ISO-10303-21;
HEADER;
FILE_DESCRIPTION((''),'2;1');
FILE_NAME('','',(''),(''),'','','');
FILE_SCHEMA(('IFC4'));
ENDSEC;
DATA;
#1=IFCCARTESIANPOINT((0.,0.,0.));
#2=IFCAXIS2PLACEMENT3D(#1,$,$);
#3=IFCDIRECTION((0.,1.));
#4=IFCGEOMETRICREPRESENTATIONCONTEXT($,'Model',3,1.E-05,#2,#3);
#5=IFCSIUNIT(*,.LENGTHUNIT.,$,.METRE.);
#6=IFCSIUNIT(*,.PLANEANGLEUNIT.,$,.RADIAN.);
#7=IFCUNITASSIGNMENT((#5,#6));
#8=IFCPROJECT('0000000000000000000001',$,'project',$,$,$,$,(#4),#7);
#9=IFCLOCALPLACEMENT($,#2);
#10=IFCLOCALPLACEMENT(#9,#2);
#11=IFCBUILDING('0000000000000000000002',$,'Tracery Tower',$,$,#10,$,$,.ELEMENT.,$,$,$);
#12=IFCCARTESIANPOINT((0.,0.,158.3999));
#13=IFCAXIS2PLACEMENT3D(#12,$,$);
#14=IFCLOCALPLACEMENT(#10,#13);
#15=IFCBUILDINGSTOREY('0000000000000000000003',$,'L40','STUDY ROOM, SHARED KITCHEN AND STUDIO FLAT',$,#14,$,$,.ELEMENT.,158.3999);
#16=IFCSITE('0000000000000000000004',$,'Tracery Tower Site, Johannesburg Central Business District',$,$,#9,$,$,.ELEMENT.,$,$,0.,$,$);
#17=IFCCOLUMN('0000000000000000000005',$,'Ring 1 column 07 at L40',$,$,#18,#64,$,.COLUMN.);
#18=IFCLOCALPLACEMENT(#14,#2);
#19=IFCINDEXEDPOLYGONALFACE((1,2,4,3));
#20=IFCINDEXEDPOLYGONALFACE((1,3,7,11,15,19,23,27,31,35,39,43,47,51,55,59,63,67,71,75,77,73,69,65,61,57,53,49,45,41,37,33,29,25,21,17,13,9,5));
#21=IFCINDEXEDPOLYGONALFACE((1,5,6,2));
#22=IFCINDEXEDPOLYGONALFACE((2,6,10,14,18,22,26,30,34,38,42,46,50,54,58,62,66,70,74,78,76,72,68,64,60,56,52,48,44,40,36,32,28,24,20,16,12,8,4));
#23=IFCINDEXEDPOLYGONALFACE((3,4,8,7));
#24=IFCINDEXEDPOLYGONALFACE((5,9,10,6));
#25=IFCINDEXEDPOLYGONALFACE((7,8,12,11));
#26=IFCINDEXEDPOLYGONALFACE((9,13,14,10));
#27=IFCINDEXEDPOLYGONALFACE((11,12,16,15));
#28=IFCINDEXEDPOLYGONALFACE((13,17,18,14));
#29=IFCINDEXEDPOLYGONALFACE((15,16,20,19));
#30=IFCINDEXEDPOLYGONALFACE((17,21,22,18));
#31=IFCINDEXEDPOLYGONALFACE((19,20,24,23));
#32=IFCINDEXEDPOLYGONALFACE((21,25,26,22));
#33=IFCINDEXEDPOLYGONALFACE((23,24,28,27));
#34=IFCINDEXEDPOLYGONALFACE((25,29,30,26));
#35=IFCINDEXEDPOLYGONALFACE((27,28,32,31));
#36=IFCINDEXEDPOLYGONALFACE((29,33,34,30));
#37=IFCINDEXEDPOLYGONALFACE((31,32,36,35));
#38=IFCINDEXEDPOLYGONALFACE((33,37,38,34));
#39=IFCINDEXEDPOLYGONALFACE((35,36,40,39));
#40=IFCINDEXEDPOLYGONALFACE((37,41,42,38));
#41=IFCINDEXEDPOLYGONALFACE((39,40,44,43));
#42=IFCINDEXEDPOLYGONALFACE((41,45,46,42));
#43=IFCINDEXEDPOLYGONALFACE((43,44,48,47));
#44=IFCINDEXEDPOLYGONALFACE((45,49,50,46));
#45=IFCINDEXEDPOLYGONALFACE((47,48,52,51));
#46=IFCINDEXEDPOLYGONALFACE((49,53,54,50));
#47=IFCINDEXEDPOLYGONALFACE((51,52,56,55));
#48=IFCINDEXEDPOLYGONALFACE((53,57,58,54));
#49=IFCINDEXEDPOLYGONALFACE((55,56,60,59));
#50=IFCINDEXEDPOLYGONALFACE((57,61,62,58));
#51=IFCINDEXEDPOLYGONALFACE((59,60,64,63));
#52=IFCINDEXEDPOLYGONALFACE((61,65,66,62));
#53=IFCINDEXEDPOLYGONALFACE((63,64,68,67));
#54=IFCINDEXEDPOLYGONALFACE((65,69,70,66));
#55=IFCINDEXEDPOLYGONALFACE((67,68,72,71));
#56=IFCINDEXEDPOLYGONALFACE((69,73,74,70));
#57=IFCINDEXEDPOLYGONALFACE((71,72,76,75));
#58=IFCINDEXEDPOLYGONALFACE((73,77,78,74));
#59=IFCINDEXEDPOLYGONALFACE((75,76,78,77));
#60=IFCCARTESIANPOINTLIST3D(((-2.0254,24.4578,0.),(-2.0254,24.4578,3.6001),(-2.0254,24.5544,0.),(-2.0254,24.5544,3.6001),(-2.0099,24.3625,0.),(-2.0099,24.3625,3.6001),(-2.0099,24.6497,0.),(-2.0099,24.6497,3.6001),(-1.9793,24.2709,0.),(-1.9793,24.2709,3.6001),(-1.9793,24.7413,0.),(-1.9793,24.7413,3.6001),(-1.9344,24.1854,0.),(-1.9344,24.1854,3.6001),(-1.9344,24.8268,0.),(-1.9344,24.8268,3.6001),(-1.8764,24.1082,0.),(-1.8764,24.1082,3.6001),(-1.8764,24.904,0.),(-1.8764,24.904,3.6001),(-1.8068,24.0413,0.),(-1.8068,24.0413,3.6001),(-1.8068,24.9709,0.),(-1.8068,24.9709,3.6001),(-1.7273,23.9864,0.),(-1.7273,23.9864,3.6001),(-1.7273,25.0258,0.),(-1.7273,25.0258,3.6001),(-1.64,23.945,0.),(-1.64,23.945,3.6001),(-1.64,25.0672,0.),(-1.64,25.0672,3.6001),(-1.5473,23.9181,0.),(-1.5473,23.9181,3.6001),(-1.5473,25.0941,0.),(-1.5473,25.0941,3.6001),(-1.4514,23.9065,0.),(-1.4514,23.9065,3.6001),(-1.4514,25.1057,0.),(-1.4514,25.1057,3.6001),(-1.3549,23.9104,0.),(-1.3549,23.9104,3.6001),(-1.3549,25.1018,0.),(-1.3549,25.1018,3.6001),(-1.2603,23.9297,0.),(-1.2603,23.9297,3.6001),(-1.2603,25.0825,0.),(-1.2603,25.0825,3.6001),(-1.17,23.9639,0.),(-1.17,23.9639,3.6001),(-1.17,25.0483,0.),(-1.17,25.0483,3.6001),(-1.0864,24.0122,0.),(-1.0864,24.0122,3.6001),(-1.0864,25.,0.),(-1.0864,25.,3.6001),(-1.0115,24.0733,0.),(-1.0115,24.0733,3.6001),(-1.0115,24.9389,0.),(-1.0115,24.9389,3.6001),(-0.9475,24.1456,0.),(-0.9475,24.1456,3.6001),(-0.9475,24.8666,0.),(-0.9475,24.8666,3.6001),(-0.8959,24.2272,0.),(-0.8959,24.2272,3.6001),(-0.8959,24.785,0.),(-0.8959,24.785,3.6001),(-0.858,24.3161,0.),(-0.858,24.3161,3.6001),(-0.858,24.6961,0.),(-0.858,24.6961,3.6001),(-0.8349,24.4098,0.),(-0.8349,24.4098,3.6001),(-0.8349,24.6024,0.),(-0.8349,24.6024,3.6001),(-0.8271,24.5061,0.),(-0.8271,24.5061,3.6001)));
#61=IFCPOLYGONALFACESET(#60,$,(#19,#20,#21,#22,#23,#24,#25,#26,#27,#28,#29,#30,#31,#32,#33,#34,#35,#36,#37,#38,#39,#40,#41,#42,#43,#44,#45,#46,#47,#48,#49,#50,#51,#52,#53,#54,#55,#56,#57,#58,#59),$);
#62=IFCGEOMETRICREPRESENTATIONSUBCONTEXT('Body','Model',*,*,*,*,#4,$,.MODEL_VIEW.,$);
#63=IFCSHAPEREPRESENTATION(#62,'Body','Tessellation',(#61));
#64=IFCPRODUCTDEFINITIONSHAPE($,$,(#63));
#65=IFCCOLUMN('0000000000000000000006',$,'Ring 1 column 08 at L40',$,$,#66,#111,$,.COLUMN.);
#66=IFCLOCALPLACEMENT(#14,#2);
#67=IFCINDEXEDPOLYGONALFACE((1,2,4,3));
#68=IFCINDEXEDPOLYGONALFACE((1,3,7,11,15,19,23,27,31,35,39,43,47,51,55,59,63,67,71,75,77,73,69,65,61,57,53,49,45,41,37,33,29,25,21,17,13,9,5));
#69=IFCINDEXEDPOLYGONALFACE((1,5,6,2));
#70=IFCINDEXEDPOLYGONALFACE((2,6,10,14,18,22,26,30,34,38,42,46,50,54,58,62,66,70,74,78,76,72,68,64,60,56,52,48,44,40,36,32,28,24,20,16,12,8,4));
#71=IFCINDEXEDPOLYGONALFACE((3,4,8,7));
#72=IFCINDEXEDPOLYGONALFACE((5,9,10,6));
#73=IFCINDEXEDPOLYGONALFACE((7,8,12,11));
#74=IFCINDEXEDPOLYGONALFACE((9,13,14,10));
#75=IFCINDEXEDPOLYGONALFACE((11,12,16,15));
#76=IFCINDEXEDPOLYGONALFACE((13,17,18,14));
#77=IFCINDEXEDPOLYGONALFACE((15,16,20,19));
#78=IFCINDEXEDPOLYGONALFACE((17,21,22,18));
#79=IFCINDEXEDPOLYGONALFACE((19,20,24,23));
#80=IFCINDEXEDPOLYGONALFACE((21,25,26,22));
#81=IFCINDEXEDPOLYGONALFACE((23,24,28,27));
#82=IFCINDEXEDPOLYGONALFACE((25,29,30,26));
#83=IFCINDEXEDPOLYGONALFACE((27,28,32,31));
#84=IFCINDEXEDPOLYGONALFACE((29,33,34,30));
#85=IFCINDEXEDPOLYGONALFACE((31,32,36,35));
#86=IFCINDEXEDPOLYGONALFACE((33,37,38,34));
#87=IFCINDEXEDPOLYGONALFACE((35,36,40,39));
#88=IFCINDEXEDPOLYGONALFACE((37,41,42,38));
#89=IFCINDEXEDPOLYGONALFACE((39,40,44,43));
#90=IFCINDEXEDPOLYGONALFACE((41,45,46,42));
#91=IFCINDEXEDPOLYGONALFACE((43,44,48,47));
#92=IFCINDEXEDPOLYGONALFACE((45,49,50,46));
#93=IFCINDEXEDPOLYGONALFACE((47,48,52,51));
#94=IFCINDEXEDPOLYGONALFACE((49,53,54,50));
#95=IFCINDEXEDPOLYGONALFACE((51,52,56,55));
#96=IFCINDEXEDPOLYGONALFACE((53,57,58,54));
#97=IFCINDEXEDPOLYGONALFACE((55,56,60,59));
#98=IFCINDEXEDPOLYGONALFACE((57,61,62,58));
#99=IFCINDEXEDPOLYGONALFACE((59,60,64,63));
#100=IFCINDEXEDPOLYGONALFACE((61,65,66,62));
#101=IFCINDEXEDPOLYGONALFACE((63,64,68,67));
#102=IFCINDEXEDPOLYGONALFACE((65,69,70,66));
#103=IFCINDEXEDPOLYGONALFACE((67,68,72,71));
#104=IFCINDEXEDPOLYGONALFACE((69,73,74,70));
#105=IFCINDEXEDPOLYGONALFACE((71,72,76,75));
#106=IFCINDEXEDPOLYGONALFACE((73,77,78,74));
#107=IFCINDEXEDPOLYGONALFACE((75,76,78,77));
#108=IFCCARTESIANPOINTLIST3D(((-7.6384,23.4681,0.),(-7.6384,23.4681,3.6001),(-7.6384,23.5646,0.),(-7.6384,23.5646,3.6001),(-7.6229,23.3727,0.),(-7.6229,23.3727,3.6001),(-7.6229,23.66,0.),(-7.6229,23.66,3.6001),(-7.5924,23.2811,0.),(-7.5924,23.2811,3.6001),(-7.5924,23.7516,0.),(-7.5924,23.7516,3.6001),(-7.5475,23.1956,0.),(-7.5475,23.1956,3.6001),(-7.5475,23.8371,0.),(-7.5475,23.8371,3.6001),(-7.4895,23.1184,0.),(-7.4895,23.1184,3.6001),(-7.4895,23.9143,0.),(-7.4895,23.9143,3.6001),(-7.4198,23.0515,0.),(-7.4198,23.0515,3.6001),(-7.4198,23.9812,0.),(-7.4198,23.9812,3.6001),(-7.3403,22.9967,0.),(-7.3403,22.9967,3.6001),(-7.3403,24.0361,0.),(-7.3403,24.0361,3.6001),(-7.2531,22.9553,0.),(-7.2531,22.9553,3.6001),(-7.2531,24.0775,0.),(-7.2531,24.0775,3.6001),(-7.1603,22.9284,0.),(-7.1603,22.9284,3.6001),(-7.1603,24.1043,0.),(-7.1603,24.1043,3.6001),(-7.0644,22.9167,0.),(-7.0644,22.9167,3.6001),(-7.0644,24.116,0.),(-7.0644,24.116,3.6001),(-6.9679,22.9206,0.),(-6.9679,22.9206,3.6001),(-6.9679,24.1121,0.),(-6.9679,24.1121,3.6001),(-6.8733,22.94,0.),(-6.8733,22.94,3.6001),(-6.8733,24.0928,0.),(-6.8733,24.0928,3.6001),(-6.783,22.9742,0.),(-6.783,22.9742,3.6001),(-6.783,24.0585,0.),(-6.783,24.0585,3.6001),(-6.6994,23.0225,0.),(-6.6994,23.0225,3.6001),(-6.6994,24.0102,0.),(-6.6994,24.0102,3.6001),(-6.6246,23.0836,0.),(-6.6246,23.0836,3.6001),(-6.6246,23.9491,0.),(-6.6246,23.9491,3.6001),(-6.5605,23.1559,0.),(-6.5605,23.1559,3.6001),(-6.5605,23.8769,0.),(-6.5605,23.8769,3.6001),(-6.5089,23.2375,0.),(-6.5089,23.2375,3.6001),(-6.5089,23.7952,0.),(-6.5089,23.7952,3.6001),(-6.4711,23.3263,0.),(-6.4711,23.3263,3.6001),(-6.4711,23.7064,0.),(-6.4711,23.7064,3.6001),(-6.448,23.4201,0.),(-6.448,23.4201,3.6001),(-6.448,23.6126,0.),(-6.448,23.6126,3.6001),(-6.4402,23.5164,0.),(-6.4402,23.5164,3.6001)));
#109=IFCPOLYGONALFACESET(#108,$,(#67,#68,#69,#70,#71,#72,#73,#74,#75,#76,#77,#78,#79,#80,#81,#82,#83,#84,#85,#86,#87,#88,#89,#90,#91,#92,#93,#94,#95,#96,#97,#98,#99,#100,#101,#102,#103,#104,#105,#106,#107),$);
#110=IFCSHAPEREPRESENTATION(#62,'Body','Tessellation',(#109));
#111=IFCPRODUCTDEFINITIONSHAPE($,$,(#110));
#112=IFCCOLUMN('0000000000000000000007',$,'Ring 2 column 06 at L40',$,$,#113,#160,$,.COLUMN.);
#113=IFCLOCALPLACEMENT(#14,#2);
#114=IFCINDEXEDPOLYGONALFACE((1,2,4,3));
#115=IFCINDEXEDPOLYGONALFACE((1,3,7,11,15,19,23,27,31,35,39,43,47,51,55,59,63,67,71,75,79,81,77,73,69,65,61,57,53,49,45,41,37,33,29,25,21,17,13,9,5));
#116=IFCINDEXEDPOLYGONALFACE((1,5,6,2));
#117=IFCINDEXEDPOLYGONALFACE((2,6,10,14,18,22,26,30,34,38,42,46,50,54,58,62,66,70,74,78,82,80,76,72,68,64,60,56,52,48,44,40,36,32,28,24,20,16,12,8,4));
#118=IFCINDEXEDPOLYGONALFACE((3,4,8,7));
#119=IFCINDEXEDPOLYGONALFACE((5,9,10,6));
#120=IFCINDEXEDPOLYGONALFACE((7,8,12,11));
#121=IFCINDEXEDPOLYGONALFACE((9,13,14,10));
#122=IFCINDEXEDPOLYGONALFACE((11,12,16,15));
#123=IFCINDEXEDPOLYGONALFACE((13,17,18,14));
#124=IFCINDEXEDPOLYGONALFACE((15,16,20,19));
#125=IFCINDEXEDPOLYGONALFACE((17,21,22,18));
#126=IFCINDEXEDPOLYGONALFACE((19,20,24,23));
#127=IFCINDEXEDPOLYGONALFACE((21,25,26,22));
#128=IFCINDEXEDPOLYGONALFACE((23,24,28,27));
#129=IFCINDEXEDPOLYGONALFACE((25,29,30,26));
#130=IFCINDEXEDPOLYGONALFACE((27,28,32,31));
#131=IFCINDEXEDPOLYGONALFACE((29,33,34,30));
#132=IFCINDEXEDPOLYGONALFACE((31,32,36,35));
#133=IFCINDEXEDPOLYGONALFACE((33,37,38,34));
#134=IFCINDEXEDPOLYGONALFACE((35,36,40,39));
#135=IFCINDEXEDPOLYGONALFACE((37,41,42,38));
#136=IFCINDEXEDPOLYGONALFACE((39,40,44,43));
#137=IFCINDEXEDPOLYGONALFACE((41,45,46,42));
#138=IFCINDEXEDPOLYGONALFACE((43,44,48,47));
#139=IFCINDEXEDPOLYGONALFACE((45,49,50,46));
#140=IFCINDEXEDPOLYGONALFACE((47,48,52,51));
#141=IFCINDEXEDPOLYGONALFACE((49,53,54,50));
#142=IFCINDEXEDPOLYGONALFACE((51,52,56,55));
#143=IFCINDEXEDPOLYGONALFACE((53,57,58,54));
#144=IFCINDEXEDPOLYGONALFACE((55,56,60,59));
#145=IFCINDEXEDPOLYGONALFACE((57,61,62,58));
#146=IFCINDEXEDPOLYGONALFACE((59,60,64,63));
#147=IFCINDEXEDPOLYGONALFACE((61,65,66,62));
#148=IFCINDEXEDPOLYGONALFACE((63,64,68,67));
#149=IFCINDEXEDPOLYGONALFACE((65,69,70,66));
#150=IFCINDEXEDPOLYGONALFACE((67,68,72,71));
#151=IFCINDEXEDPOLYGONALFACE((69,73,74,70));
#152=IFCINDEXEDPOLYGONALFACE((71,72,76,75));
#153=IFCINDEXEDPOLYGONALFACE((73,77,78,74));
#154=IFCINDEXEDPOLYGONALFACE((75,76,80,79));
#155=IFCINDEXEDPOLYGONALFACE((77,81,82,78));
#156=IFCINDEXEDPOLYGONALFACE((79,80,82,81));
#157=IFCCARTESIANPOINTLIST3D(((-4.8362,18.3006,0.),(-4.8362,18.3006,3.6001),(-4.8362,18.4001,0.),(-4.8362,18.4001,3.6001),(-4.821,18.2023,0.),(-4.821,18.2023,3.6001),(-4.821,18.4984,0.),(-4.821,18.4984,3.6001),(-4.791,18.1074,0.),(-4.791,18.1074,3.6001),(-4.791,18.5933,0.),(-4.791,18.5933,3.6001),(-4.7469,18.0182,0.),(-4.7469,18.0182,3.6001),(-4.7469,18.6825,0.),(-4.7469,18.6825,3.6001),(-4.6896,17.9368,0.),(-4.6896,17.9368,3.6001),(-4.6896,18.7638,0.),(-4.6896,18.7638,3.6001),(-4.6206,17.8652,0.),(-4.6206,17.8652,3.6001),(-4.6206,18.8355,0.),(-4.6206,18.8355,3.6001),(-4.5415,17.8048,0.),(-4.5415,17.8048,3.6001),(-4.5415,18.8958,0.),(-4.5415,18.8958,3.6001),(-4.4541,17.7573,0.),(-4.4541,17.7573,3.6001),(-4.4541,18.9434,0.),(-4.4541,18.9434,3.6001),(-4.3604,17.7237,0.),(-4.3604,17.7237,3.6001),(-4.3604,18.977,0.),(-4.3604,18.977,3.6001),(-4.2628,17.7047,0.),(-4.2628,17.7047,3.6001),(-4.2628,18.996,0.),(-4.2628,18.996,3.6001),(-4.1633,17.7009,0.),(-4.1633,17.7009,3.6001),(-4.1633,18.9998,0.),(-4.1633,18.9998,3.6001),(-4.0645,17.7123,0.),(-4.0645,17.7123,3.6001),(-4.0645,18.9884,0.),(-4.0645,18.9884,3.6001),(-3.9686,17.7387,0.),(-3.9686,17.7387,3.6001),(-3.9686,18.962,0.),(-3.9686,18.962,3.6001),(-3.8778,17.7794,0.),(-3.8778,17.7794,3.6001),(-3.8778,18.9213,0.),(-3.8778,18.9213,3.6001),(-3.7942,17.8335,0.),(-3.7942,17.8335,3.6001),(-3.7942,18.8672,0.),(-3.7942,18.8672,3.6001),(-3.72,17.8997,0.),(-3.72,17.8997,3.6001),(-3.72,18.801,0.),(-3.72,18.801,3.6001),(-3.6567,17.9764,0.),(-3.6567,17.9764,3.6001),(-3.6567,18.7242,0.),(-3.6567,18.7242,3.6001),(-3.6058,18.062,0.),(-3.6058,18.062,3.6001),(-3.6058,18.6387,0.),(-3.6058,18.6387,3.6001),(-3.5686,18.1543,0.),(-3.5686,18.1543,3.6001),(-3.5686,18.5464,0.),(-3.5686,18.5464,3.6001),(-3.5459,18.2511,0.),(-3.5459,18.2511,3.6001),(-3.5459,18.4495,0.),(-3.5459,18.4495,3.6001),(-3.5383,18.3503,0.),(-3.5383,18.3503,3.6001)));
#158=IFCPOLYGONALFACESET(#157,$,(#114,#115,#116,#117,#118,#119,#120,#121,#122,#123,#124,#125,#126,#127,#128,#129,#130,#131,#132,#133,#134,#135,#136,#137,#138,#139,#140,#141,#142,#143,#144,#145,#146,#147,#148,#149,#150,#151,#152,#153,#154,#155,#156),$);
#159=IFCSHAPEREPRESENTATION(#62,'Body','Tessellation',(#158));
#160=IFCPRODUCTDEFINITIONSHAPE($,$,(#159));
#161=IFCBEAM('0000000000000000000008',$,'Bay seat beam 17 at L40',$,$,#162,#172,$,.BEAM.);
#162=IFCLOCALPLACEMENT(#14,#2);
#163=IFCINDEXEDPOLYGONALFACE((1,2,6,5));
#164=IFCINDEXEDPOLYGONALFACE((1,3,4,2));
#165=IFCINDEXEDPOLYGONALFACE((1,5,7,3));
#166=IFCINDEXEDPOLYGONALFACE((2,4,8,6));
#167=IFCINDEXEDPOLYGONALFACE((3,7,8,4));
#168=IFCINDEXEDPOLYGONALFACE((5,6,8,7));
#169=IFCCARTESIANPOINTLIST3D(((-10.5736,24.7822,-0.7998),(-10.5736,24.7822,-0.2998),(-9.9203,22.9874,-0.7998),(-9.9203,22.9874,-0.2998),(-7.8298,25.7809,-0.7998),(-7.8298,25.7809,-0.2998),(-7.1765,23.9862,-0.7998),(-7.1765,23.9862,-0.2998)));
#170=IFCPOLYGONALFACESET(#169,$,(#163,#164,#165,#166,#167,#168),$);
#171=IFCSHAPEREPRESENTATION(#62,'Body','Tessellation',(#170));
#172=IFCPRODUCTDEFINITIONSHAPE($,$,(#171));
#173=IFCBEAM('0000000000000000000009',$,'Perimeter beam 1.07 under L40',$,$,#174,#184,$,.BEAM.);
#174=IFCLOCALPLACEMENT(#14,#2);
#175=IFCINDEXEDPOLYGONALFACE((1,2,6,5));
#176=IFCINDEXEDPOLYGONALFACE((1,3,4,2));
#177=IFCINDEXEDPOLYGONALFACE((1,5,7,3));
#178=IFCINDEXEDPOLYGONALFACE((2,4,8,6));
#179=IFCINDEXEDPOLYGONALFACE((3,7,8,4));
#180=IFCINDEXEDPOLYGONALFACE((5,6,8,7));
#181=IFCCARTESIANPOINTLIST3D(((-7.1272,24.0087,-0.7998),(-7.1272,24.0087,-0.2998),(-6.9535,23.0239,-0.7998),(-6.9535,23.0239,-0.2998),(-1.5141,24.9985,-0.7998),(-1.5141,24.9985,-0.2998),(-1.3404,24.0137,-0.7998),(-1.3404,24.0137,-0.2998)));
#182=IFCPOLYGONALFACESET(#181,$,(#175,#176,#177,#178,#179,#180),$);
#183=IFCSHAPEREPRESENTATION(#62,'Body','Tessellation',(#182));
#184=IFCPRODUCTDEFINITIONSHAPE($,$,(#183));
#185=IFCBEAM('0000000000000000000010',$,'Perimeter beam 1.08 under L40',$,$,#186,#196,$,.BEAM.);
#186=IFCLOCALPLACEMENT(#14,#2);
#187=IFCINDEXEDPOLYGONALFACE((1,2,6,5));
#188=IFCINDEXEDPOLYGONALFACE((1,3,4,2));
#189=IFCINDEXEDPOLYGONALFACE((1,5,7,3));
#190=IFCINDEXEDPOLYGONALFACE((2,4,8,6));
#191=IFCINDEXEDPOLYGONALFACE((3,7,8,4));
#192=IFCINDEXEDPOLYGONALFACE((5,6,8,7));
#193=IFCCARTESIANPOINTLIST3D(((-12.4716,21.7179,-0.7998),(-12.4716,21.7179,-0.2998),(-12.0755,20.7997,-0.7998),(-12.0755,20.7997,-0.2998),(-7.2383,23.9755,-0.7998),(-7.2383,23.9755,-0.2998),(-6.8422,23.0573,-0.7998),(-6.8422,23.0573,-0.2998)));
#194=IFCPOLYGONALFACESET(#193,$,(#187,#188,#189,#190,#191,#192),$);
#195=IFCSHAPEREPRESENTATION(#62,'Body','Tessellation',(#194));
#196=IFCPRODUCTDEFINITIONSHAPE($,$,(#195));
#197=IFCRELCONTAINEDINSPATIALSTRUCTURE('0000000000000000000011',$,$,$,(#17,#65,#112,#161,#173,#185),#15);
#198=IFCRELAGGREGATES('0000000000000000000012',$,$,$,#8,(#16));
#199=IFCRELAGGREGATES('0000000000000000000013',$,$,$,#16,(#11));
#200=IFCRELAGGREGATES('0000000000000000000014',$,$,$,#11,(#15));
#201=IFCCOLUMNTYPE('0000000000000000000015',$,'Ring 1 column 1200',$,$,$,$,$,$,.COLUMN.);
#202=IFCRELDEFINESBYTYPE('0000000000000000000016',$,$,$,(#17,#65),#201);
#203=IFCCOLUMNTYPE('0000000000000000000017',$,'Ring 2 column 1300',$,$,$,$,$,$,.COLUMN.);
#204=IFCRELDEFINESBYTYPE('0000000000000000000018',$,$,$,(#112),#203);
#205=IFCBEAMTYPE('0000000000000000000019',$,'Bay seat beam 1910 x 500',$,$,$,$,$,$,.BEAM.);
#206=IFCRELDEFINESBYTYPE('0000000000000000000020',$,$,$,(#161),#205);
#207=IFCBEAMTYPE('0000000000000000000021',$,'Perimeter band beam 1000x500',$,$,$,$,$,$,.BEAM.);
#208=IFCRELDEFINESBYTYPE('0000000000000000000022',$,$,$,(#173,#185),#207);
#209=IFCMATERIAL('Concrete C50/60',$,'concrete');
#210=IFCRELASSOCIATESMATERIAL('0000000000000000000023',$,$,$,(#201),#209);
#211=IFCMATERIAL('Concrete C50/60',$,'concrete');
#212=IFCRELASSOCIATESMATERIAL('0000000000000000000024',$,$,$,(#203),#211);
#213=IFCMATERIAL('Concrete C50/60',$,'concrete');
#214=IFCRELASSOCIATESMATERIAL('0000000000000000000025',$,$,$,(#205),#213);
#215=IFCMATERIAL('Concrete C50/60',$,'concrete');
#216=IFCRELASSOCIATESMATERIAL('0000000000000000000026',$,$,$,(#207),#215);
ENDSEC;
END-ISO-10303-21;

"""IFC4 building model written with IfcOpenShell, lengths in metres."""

from ifc_helpers import new_model, si_unit, direction, frame, origin, origin_2d, place, context, subcontext, project, spatial, rectangle, circle, extrude, material, material_profile, profile_set, type_object, element, save


model = new_model("IFC4")

# Units and contexts
model_context = context("Model", 3, precision=1e-05, world=origin(), true_north=direction((0.0, 1.0)))
body_context = subcontext(model_context, "Body", "Model", "MODEL_VIEW")
ifc_project = project(units=[si_unit("LENGTHUNIT", "METRE"), si_unit("PLANEANGLEUNIT", "RADIAN")], contexts=[model_context])

# Site, building, storey
site_placement = place(None, origin())
site = spatial("IfcSite", under=ifc_project, at=site_placement, Name="Tracery Tower Site, Johannesburg Central Business District", CompositionType="ELEMENT", RefElevation=0.0)
building_placement = place(site_placement, origin())
building = spatial("IfcBuilding", under=site, at=building_placement, Name="Tracery Tower", CompositionType="ELEMENT")
storey_placement = place(building_placement, frame((0.0, 0.0, 158.3999)))
storey = spatial("IfcBuildingStorey", under=building, at=storey_placement, Name="L40", Description="STUDY ROOM, SHARED KITCHEN AND STUDIO FLAT", CompositionType="ELEMENT", Elevation=158.3999)

# Columns
ifc_material_1 = material(Name="Concrete C50/60", Category="concrete")
ifc_material_profile_1 = material_profile(ifc_material_1, circle(Radius=0.6001, at=origin_2d()), Name="RC D1200")
ifc_profile_set_1 = profile_set([ifc_material_profile_1], Name="Concrete C50/60")
column_type_1 = type_object("IfcColumnType", Name="Ring 1 column 1200", PredefinedType="COLUMN", material=ifc_profile_set_1)
for number, where, z_axis, x_axis, name in (
    (1, (-1.4272, 24.5061, 0.0), (0.0, 0.0, 1.0), (1.0, 0.0, 0.0), "Ring 1 column 07 at L40"),
    (2, (-7.0403, 23.5164, 0.0), (0.0, 0.0, 1.0), (1.0, 0.0, 0.0), "Ring 1 column 08 at L40"),
):
    element("IfcColumn", number, at=place(storey_placement, frame(where, z_axis=z_axis, x_axis=x_axis)), inside=storey, type_object=column_type_1, Name=name, PredefinedType="COLUMN", context=body_context, shape_type="SweptSolid", body=[
        extrude(circle(Radius=0.6001, at=origin_2d()), origin(), (0.0, 0.0, 1.0), 3.6001),
    ])
ifc_material_2 = material(Name="Concrete C50/60", Category="concrete")
ifc_material_profile_2 = material_profile(ifc_material_2, circle(Radius=0.6499, at=origin_2d()), Name="RC D1300")
ifc_profile_set_2 = profile_set([ifc_material_profile_2], Name="Concrete C50/60")
column_type_2 = type_object("IfcColumnType", Name="Ring 2 column 1300", PredefinedType="COLUMN", material=ifc_profile_set_2)
column_placement = place(storey_placement, frame((-4.1882, 18.3503, 0.0), z_axis=(0.0, 0.0, 1.0), x_axis=(1.0, 0.0, 0.0)))
element("IfcColumn", 3, at=column_placement, inside=storey, type_object=column_type_2, Name="Ring 2 column 06 at L40", PredefinedType="COLUMN", context=body_context, shape_type="SweptSolid", body=[
    extrude(circle(Radius=0.6499, at=origin_2d()), origin(), (0.0, 0.0, 1.0), 3.6001),
])

# Beams
ifc_material_3 = material(Name="Concrete C50/60", Category="concrete")
ifc_material_profile_3 = material_profile(ifc_material_3, rectangle(XDim=1.9099, YDim=0.5, at=origin_2d()), Name="RC 1910x500")
ifc_profile_set_3 = profile_set([ifc_material_profile_3], Name="Concrete C50/60")
beam_type_1 = type_object("IfcBeamType", Name="Bay seat beam 1910 x 500", PredefinedType="BEAM", material=ifc_profile_set_3)
beam_1_placement = place(storey_placement, frame((-7.5032, 24.8835, -0.5498), z_axis=(-0.939684, -0.342045, 0.0), x_axis=(0.342045, -0.939684, 0.0)))
element("IfcBeam", 4, at=beam_1_placement, inside=storey, type_object=beam_type_1, Name="Bay seat beam 17 at L40", PredefinedType="BEAM", context=body_context, shape_type="SweptSolid", body=[
    extrude(rectangle(XDim=1.9099, YDim=0.5, at=origin_2d()), origin(), (0.0, 0.0, 1.0), 2.9199),
])
ifc_material_4 = material(Name="Concrete C50/60", Category="concrete")
ifc_material_profile_4 = material_profile(ifc_material_4, rectangle(XDim=1.0, YDim=0.5, at=origin_2d()), Name="RC 1000x500")
ifc_profile_set_4 = profile_set([ifc_material_profile_4], Name="Concrete C50/60")
beam_type_2 = type_object("IfcBeamType", Name="Perimeter band beam 1000x500", PredefinedType="BEAM", material=ifc_profile_set_4)
beam_2_placement = place(storey_placement, frame((-1.4272, 24.5061, -0.5498), z_axis=(-0.984807, -0.173651, 0.0), x_axis=(0.173651, -0.984807, 0.0)))
element("IfcBeam", 5, at=beam_2_placement, inside=storey, type_object=beam_type_2, Name="Perimeter beam 1.07 under L40", PredefinedType="BEAM", context=body_context, shape_type="SweptSolid", body=[
    extrude(rectangle(XDim=1.0, YDim=0.5, at=origin_2d()), origin(), (0.0, 0.0, 1.0), 5.6997),
])
beam_3_placement = place(storey_placement, frame((-7.0403, 23.5164, -0.5498), z_axis=(-0.91821, -0.396095, 0.0), x_axis=(0.396095, -0.91821, 0.0)))
element("IfcBeam", 6, at=beam_3_placement, inside=storey, type_object=beam_type_2, Name="Perimeter beam 1.08 under L40", PredefinedType="BEAM", context=body_context, shape_type="SweptSolid", body=[
    extrude(rectangle(XDim=1.0, YDim=0.5, at=origin_2d()), origin(), (0.0, 0.0, 1.0), 5.6995),
])

save(model, "model.ifc")
